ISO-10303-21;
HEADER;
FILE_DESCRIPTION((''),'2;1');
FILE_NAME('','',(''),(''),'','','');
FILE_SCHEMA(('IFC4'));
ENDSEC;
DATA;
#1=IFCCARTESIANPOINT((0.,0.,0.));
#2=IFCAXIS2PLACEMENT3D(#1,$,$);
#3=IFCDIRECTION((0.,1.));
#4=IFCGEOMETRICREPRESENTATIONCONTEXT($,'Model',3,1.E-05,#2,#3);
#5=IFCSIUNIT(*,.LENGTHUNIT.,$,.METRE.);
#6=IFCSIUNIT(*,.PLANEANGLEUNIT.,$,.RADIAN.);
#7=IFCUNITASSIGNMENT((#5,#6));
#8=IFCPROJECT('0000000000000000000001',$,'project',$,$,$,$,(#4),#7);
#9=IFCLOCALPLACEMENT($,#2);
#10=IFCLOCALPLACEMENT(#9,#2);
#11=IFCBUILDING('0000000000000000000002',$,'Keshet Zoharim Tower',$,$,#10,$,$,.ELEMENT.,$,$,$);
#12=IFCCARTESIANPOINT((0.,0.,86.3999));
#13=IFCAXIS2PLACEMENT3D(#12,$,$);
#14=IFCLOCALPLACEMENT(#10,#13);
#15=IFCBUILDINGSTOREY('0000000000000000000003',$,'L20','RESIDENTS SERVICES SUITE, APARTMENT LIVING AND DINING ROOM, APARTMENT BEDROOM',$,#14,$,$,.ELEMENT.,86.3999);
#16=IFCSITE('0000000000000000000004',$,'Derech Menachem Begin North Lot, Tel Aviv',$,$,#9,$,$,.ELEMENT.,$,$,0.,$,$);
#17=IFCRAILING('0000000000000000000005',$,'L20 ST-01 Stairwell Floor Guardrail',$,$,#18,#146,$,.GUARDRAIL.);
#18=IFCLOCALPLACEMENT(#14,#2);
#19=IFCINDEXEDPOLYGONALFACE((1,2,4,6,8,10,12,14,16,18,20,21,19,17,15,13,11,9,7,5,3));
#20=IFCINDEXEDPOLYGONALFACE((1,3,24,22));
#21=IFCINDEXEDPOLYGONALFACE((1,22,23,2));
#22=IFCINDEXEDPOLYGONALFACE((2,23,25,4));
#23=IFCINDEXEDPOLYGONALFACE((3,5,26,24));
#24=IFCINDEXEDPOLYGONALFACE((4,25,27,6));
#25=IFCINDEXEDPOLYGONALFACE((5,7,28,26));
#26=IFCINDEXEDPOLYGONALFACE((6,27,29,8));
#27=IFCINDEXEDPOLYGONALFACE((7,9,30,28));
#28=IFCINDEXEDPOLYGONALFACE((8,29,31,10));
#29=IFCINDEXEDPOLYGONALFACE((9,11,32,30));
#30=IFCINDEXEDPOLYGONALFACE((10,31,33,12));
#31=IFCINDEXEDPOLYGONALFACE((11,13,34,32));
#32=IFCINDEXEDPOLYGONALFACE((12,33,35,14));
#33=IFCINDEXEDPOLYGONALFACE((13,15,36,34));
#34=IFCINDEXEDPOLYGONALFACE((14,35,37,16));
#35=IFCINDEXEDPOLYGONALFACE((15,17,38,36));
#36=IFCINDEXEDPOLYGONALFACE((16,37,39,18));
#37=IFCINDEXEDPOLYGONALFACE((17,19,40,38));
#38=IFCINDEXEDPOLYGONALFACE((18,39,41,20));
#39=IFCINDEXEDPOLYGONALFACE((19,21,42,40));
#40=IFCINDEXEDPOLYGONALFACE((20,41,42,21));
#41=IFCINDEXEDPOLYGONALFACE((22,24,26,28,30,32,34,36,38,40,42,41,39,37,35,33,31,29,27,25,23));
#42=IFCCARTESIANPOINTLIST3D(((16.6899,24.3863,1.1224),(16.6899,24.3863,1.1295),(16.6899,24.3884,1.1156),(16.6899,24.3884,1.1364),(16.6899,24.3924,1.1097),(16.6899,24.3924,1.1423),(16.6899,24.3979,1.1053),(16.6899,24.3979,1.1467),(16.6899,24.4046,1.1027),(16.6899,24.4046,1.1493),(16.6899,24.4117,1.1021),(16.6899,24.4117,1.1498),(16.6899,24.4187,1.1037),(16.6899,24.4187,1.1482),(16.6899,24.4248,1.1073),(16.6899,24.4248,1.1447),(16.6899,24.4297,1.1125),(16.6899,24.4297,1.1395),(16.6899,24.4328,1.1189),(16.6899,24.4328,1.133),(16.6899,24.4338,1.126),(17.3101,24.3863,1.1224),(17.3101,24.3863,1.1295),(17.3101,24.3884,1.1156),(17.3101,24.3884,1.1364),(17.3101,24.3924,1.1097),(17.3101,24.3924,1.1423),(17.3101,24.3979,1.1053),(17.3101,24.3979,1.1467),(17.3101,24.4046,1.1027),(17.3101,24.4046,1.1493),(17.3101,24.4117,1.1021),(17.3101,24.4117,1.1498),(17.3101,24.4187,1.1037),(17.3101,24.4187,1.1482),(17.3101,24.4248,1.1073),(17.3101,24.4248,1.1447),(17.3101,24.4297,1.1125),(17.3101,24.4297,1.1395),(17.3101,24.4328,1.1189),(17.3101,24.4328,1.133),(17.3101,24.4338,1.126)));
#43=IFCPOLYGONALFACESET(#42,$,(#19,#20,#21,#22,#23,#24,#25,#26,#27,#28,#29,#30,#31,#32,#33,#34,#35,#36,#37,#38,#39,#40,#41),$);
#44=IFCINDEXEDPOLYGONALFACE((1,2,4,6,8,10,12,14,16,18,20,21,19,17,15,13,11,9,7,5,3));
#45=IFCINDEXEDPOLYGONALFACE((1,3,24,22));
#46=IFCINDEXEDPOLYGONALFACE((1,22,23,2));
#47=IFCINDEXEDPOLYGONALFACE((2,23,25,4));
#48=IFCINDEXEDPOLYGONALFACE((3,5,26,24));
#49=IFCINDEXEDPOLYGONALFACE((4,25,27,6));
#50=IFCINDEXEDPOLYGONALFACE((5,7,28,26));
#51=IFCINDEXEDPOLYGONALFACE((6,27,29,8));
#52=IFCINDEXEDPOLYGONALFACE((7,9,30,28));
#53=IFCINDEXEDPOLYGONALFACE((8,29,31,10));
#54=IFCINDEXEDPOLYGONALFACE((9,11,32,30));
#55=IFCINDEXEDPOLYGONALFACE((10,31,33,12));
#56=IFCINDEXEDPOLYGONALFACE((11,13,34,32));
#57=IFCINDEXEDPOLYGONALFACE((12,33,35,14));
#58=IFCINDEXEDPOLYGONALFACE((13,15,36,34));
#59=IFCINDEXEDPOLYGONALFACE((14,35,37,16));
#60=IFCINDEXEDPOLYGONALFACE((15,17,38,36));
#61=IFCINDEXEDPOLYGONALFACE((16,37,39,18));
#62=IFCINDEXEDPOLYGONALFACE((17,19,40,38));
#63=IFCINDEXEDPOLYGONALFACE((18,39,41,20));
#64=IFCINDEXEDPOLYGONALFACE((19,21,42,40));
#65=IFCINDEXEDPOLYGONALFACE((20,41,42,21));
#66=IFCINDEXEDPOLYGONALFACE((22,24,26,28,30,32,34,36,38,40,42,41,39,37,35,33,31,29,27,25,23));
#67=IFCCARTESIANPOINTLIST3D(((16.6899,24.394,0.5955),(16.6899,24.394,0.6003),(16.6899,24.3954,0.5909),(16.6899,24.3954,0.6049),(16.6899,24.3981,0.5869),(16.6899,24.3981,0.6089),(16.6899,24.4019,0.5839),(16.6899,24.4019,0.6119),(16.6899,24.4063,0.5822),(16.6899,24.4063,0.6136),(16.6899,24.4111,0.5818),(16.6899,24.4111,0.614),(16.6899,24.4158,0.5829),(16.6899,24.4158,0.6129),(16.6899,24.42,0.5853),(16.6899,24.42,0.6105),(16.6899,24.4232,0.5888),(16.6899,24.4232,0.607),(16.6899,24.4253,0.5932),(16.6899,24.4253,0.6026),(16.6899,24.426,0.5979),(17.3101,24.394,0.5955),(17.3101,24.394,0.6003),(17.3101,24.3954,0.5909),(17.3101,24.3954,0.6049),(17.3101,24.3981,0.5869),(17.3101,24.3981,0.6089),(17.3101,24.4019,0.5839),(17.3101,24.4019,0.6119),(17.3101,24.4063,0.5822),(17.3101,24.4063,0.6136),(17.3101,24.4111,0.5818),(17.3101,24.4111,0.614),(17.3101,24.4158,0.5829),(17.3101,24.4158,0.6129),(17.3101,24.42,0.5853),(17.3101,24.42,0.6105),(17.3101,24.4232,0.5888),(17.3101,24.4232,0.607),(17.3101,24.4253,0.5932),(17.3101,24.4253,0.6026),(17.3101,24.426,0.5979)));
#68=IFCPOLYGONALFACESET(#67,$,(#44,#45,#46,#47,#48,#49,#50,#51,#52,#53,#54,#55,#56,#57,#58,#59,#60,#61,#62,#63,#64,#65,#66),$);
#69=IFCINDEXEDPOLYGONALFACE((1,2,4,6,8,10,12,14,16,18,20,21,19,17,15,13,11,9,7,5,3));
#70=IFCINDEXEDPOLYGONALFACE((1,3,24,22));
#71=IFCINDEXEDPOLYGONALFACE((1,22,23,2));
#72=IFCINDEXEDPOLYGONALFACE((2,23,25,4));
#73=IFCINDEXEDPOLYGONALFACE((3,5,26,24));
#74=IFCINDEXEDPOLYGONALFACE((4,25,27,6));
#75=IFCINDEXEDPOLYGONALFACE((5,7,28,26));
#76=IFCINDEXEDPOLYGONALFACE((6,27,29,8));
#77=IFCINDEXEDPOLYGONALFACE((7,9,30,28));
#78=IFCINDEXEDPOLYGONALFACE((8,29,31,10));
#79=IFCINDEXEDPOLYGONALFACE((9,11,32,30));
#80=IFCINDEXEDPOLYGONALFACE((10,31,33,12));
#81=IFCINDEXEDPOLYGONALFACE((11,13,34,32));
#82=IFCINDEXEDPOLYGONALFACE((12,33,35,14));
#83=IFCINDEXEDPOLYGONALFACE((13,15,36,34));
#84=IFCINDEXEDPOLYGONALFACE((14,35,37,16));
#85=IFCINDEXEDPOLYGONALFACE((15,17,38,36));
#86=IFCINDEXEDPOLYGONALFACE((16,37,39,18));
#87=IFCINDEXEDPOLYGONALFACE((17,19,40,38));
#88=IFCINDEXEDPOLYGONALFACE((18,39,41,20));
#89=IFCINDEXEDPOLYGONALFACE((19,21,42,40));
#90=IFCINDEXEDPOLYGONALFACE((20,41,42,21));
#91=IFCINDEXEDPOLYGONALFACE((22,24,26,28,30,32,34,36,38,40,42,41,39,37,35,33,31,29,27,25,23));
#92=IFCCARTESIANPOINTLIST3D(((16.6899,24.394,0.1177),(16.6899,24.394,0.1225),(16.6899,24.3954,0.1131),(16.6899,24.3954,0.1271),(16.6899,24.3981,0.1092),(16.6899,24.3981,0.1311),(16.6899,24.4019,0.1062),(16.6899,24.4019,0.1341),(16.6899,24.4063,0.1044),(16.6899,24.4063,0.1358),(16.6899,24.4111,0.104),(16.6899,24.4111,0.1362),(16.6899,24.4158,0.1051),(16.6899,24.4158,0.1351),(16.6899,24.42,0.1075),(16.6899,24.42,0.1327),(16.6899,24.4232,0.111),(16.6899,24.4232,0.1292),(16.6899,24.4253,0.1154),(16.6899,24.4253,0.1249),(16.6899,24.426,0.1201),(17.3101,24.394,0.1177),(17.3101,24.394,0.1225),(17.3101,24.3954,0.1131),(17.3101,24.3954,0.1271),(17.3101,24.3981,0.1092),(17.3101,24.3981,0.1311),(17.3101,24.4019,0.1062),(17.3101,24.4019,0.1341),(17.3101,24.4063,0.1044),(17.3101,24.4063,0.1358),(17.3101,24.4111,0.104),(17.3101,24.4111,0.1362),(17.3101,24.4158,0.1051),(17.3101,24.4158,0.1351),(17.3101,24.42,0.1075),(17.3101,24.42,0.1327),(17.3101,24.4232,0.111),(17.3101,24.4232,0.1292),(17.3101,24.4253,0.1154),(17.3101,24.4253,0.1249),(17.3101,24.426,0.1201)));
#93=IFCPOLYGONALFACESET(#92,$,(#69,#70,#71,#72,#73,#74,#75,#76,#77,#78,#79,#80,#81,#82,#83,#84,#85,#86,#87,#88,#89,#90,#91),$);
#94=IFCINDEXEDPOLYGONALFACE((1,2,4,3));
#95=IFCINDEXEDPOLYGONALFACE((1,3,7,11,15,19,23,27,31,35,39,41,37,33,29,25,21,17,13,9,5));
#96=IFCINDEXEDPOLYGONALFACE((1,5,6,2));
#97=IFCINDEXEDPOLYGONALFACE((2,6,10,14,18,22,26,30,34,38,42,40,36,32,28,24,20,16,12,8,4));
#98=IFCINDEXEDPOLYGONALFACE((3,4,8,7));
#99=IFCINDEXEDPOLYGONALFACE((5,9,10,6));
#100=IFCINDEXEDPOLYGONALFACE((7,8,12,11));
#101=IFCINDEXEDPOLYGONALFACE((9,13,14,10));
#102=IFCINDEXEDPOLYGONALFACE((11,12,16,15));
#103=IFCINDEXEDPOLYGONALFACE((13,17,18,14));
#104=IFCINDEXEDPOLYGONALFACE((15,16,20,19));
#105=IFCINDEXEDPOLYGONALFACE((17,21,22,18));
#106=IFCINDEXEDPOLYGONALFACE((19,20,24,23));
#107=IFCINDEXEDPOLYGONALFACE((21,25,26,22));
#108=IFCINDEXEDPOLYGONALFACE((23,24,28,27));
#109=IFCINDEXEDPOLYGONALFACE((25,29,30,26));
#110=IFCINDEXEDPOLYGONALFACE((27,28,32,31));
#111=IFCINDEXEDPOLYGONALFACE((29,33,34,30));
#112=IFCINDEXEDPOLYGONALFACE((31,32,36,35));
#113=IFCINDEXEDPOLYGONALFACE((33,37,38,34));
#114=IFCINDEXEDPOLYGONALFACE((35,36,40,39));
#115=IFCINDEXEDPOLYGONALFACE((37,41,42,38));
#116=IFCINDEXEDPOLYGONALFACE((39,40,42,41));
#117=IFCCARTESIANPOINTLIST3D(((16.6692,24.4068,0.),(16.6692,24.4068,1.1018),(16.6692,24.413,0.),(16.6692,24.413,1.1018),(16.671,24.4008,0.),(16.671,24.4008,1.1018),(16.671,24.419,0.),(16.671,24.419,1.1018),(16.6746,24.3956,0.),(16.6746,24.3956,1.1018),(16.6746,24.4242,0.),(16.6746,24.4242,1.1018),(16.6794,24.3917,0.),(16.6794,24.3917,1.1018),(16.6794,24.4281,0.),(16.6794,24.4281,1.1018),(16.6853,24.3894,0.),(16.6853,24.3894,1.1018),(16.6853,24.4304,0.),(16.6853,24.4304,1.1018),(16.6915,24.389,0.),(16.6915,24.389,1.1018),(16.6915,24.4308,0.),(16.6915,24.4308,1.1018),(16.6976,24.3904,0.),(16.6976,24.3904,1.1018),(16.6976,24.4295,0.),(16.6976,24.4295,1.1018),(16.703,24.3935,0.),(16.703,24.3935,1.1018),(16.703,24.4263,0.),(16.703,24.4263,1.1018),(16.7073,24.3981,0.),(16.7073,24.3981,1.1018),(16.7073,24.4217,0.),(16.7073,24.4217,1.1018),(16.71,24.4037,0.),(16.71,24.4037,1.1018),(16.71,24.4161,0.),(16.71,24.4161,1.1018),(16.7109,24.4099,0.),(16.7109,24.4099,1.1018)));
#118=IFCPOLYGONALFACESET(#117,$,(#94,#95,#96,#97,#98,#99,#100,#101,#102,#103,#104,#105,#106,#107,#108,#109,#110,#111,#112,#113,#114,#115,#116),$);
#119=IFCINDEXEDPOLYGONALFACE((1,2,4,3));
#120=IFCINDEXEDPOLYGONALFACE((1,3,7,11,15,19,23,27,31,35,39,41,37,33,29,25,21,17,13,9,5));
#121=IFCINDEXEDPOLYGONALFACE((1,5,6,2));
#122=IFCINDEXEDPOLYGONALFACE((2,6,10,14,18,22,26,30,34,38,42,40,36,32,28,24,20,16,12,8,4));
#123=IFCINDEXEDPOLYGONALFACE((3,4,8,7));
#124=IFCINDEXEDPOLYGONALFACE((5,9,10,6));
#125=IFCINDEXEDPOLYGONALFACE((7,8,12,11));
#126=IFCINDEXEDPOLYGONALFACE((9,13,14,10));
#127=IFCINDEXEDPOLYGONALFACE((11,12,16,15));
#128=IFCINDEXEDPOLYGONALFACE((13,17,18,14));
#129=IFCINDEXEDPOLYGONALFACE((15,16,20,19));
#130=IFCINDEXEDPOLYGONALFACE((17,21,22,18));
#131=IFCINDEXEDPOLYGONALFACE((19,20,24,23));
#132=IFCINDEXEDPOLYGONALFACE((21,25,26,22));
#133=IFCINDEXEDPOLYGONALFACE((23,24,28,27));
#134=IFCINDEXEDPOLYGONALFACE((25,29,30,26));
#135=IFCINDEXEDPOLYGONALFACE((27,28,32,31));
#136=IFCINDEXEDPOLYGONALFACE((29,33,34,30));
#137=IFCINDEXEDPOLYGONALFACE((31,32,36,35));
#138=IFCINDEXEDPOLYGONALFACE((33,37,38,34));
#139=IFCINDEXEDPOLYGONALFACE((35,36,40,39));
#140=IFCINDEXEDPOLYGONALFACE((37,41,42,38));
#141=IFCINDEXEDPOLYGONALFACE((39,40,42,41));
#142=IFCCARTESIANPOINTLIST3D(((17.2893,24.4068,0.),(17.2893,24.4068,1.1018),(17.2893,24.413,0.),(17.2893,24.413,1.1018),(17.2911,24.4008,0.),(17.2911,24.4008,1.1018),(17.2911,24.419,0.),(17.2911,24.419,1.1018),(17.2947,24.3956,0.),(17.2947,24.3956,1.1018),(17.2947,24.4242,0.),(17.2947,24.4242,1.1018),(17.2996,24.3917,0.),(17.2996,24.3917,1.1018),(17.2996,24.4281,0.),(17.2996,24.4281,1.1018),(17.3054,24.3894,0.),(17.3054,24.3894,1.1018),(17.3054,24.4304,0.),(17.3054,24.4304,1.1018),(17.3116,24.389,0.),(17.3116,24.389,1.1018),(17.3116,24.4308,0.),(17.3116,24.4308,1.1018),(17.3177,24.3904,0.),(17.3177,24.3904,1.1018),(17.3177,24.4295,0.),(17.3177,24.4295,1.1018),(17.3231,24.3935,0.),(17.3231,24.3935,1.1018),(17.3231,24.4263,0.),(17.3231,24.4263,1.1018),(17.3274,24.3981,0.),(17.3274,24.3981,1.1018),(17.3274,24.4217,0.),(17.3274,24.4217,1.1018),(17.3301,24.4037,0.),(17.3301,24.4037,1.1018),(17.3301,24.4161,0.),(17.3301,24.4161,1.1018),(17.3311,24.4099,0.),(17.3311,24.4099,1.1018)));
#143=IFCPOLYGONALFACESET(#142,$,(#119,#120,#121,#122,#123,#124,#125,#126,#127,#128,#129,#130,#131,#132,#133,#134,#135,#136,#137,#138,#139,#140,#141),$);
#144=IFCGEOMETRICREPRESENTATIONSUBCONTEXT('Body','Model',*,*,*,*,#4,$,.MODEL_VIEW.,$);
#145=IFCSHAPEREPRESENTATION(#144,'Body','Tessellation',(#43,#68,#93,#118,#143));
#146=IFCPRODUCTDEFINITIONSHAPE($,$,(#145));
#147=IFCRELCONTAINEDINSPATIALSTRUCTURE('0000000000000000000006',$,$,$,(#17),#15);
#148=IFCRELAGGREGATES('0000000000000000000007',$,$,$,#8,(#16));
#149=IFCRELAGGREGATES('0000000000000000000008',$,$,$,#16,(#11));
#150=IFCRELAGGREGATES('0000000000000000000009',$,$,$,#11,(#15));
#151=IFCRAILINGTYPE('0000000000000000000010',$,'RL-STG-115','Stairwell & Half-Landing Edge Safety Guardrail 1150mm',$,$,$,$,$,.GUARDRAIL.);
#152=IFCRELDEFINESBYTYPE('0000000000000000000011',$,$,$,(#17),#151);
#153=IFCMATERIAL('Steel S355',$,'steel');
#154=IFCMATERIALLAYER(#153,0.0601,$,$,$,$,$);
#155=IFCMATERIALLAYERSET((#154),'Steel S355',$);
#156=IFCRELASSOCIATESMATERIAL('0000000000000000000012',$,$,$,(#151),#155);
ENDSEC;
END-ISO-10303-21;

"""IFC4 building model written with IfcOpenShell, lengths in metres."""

from ifc_helpers import new_model, si_unit, direction, frame, origin, origin_2d, place, context, subcontext, project, spatial, circle, extrude, material, layer, layer_set, type_object, element, save


model = new_model("IFC4")

# Units and contexts
model_context = context("Model", 3, precision=1e-05, world=origin(), true_north=direction((0.0, 1.0)))
body_context = subcontext(model_context, "Body", "Model", "MODEL_VIEW")
ifc_project = project(units=[si_unit("LENGTHUNIT", "METRE"), si_unit("PLANEANGLEUNIT", "RADIAN")], contexts=[model_context])

# Site, building, storey
site_placement = place(None, origin())
site = spatial("IfcSite", under=ifc_project, at=site_placement, Name="Derech Menachem Begin North Lot, Tel Aviv", CompositionType="ELEMENT", RefElevation=0.0)
building_placement = place(site_placement, origin())
building = spatial("IfcBuilding", under=site, at=building_placement, Name="Keshet Zoharim Tower", CompositionType="ELEMENT")
storey_placement = place(building_placement, frame((0.0, 0.0, 86.3999)))
storey = spatial("IfcBuildingStorey", under=building, at=storey_placement, Name="L20", Description="RESIDENTS SERVICES SUITE, APARTMENT LIVING AND DINING ROOM, APARTMENT BEDROOM", CompositionType="ELEMENT", Elevation=86.3999)

# Railing
ifc_material_1 = material(Name="Steel S355", Category="steel")
ifc_layer_1 = layer(ifc_material_1, 0.0601)
ifc_layer_set_1 = layer_set([ifc_layer_1], Name="Steel S355")
railing_type_1 = type_object("IfcRailingType", Name="RL-STG-115", Description="Stairwell & Half-Landing Edge Safety Guardrail 1150mm", PredefinedType="GUARDRAIL", material=ifc_layer_set_1)
railing_1_placement = place(storey_placement, frame((16.6899, 24.4099, 0.0)))
element("IfcRailing", 1, at=railing_1_placement, inside=storey, type_object=railing_type_1, Name="L20 ST-01 Stairwell Floor Guardrail", PredefinedType="GUARDRAIL", context=body_context, shape_type="SweptSolid", body=[
    extrude(circle(Radius=0.0239, at=origin_2d()), frame((0.0, 0.0, 1.126), z_axis=(1.0, 0.0, 0.0), x_axis=(0.0, 1.0, 0.0)), (0.0, 0.0, 1.0), 0.6201),
    extrude(circle(Radius=0.0161, at=origin_2d()), frame((0.0, 0.0, 0.5979), z_axis=(1.0, 0.0, 0.0), x_axis=(0.0, 1.0, 0.0)), (0.0, 0.0, 1.0), 0.6201),
    extrude(circle(Radius=0.0161, at=origin_2d()), frame((0.0, 0.0, 0.1201), z_axis=(1.0, 0.0, 0.0), x_axis=(0.0, 1.0, 0.0)), (0.0, 0.0, 1.0), 0.6201),
    extrude(circle(Radius=0.021, at=origin_2d()), origin(), (0.0, 0.0, 1.0), 1.1018),
    extrude(circle(Radius=0.021, at=origin_2d()), frame((0.6201, 0.0, 0.0)), (0.0, 0.0, 1.0), 1.1018),
])

save(model, "model.ifc")
